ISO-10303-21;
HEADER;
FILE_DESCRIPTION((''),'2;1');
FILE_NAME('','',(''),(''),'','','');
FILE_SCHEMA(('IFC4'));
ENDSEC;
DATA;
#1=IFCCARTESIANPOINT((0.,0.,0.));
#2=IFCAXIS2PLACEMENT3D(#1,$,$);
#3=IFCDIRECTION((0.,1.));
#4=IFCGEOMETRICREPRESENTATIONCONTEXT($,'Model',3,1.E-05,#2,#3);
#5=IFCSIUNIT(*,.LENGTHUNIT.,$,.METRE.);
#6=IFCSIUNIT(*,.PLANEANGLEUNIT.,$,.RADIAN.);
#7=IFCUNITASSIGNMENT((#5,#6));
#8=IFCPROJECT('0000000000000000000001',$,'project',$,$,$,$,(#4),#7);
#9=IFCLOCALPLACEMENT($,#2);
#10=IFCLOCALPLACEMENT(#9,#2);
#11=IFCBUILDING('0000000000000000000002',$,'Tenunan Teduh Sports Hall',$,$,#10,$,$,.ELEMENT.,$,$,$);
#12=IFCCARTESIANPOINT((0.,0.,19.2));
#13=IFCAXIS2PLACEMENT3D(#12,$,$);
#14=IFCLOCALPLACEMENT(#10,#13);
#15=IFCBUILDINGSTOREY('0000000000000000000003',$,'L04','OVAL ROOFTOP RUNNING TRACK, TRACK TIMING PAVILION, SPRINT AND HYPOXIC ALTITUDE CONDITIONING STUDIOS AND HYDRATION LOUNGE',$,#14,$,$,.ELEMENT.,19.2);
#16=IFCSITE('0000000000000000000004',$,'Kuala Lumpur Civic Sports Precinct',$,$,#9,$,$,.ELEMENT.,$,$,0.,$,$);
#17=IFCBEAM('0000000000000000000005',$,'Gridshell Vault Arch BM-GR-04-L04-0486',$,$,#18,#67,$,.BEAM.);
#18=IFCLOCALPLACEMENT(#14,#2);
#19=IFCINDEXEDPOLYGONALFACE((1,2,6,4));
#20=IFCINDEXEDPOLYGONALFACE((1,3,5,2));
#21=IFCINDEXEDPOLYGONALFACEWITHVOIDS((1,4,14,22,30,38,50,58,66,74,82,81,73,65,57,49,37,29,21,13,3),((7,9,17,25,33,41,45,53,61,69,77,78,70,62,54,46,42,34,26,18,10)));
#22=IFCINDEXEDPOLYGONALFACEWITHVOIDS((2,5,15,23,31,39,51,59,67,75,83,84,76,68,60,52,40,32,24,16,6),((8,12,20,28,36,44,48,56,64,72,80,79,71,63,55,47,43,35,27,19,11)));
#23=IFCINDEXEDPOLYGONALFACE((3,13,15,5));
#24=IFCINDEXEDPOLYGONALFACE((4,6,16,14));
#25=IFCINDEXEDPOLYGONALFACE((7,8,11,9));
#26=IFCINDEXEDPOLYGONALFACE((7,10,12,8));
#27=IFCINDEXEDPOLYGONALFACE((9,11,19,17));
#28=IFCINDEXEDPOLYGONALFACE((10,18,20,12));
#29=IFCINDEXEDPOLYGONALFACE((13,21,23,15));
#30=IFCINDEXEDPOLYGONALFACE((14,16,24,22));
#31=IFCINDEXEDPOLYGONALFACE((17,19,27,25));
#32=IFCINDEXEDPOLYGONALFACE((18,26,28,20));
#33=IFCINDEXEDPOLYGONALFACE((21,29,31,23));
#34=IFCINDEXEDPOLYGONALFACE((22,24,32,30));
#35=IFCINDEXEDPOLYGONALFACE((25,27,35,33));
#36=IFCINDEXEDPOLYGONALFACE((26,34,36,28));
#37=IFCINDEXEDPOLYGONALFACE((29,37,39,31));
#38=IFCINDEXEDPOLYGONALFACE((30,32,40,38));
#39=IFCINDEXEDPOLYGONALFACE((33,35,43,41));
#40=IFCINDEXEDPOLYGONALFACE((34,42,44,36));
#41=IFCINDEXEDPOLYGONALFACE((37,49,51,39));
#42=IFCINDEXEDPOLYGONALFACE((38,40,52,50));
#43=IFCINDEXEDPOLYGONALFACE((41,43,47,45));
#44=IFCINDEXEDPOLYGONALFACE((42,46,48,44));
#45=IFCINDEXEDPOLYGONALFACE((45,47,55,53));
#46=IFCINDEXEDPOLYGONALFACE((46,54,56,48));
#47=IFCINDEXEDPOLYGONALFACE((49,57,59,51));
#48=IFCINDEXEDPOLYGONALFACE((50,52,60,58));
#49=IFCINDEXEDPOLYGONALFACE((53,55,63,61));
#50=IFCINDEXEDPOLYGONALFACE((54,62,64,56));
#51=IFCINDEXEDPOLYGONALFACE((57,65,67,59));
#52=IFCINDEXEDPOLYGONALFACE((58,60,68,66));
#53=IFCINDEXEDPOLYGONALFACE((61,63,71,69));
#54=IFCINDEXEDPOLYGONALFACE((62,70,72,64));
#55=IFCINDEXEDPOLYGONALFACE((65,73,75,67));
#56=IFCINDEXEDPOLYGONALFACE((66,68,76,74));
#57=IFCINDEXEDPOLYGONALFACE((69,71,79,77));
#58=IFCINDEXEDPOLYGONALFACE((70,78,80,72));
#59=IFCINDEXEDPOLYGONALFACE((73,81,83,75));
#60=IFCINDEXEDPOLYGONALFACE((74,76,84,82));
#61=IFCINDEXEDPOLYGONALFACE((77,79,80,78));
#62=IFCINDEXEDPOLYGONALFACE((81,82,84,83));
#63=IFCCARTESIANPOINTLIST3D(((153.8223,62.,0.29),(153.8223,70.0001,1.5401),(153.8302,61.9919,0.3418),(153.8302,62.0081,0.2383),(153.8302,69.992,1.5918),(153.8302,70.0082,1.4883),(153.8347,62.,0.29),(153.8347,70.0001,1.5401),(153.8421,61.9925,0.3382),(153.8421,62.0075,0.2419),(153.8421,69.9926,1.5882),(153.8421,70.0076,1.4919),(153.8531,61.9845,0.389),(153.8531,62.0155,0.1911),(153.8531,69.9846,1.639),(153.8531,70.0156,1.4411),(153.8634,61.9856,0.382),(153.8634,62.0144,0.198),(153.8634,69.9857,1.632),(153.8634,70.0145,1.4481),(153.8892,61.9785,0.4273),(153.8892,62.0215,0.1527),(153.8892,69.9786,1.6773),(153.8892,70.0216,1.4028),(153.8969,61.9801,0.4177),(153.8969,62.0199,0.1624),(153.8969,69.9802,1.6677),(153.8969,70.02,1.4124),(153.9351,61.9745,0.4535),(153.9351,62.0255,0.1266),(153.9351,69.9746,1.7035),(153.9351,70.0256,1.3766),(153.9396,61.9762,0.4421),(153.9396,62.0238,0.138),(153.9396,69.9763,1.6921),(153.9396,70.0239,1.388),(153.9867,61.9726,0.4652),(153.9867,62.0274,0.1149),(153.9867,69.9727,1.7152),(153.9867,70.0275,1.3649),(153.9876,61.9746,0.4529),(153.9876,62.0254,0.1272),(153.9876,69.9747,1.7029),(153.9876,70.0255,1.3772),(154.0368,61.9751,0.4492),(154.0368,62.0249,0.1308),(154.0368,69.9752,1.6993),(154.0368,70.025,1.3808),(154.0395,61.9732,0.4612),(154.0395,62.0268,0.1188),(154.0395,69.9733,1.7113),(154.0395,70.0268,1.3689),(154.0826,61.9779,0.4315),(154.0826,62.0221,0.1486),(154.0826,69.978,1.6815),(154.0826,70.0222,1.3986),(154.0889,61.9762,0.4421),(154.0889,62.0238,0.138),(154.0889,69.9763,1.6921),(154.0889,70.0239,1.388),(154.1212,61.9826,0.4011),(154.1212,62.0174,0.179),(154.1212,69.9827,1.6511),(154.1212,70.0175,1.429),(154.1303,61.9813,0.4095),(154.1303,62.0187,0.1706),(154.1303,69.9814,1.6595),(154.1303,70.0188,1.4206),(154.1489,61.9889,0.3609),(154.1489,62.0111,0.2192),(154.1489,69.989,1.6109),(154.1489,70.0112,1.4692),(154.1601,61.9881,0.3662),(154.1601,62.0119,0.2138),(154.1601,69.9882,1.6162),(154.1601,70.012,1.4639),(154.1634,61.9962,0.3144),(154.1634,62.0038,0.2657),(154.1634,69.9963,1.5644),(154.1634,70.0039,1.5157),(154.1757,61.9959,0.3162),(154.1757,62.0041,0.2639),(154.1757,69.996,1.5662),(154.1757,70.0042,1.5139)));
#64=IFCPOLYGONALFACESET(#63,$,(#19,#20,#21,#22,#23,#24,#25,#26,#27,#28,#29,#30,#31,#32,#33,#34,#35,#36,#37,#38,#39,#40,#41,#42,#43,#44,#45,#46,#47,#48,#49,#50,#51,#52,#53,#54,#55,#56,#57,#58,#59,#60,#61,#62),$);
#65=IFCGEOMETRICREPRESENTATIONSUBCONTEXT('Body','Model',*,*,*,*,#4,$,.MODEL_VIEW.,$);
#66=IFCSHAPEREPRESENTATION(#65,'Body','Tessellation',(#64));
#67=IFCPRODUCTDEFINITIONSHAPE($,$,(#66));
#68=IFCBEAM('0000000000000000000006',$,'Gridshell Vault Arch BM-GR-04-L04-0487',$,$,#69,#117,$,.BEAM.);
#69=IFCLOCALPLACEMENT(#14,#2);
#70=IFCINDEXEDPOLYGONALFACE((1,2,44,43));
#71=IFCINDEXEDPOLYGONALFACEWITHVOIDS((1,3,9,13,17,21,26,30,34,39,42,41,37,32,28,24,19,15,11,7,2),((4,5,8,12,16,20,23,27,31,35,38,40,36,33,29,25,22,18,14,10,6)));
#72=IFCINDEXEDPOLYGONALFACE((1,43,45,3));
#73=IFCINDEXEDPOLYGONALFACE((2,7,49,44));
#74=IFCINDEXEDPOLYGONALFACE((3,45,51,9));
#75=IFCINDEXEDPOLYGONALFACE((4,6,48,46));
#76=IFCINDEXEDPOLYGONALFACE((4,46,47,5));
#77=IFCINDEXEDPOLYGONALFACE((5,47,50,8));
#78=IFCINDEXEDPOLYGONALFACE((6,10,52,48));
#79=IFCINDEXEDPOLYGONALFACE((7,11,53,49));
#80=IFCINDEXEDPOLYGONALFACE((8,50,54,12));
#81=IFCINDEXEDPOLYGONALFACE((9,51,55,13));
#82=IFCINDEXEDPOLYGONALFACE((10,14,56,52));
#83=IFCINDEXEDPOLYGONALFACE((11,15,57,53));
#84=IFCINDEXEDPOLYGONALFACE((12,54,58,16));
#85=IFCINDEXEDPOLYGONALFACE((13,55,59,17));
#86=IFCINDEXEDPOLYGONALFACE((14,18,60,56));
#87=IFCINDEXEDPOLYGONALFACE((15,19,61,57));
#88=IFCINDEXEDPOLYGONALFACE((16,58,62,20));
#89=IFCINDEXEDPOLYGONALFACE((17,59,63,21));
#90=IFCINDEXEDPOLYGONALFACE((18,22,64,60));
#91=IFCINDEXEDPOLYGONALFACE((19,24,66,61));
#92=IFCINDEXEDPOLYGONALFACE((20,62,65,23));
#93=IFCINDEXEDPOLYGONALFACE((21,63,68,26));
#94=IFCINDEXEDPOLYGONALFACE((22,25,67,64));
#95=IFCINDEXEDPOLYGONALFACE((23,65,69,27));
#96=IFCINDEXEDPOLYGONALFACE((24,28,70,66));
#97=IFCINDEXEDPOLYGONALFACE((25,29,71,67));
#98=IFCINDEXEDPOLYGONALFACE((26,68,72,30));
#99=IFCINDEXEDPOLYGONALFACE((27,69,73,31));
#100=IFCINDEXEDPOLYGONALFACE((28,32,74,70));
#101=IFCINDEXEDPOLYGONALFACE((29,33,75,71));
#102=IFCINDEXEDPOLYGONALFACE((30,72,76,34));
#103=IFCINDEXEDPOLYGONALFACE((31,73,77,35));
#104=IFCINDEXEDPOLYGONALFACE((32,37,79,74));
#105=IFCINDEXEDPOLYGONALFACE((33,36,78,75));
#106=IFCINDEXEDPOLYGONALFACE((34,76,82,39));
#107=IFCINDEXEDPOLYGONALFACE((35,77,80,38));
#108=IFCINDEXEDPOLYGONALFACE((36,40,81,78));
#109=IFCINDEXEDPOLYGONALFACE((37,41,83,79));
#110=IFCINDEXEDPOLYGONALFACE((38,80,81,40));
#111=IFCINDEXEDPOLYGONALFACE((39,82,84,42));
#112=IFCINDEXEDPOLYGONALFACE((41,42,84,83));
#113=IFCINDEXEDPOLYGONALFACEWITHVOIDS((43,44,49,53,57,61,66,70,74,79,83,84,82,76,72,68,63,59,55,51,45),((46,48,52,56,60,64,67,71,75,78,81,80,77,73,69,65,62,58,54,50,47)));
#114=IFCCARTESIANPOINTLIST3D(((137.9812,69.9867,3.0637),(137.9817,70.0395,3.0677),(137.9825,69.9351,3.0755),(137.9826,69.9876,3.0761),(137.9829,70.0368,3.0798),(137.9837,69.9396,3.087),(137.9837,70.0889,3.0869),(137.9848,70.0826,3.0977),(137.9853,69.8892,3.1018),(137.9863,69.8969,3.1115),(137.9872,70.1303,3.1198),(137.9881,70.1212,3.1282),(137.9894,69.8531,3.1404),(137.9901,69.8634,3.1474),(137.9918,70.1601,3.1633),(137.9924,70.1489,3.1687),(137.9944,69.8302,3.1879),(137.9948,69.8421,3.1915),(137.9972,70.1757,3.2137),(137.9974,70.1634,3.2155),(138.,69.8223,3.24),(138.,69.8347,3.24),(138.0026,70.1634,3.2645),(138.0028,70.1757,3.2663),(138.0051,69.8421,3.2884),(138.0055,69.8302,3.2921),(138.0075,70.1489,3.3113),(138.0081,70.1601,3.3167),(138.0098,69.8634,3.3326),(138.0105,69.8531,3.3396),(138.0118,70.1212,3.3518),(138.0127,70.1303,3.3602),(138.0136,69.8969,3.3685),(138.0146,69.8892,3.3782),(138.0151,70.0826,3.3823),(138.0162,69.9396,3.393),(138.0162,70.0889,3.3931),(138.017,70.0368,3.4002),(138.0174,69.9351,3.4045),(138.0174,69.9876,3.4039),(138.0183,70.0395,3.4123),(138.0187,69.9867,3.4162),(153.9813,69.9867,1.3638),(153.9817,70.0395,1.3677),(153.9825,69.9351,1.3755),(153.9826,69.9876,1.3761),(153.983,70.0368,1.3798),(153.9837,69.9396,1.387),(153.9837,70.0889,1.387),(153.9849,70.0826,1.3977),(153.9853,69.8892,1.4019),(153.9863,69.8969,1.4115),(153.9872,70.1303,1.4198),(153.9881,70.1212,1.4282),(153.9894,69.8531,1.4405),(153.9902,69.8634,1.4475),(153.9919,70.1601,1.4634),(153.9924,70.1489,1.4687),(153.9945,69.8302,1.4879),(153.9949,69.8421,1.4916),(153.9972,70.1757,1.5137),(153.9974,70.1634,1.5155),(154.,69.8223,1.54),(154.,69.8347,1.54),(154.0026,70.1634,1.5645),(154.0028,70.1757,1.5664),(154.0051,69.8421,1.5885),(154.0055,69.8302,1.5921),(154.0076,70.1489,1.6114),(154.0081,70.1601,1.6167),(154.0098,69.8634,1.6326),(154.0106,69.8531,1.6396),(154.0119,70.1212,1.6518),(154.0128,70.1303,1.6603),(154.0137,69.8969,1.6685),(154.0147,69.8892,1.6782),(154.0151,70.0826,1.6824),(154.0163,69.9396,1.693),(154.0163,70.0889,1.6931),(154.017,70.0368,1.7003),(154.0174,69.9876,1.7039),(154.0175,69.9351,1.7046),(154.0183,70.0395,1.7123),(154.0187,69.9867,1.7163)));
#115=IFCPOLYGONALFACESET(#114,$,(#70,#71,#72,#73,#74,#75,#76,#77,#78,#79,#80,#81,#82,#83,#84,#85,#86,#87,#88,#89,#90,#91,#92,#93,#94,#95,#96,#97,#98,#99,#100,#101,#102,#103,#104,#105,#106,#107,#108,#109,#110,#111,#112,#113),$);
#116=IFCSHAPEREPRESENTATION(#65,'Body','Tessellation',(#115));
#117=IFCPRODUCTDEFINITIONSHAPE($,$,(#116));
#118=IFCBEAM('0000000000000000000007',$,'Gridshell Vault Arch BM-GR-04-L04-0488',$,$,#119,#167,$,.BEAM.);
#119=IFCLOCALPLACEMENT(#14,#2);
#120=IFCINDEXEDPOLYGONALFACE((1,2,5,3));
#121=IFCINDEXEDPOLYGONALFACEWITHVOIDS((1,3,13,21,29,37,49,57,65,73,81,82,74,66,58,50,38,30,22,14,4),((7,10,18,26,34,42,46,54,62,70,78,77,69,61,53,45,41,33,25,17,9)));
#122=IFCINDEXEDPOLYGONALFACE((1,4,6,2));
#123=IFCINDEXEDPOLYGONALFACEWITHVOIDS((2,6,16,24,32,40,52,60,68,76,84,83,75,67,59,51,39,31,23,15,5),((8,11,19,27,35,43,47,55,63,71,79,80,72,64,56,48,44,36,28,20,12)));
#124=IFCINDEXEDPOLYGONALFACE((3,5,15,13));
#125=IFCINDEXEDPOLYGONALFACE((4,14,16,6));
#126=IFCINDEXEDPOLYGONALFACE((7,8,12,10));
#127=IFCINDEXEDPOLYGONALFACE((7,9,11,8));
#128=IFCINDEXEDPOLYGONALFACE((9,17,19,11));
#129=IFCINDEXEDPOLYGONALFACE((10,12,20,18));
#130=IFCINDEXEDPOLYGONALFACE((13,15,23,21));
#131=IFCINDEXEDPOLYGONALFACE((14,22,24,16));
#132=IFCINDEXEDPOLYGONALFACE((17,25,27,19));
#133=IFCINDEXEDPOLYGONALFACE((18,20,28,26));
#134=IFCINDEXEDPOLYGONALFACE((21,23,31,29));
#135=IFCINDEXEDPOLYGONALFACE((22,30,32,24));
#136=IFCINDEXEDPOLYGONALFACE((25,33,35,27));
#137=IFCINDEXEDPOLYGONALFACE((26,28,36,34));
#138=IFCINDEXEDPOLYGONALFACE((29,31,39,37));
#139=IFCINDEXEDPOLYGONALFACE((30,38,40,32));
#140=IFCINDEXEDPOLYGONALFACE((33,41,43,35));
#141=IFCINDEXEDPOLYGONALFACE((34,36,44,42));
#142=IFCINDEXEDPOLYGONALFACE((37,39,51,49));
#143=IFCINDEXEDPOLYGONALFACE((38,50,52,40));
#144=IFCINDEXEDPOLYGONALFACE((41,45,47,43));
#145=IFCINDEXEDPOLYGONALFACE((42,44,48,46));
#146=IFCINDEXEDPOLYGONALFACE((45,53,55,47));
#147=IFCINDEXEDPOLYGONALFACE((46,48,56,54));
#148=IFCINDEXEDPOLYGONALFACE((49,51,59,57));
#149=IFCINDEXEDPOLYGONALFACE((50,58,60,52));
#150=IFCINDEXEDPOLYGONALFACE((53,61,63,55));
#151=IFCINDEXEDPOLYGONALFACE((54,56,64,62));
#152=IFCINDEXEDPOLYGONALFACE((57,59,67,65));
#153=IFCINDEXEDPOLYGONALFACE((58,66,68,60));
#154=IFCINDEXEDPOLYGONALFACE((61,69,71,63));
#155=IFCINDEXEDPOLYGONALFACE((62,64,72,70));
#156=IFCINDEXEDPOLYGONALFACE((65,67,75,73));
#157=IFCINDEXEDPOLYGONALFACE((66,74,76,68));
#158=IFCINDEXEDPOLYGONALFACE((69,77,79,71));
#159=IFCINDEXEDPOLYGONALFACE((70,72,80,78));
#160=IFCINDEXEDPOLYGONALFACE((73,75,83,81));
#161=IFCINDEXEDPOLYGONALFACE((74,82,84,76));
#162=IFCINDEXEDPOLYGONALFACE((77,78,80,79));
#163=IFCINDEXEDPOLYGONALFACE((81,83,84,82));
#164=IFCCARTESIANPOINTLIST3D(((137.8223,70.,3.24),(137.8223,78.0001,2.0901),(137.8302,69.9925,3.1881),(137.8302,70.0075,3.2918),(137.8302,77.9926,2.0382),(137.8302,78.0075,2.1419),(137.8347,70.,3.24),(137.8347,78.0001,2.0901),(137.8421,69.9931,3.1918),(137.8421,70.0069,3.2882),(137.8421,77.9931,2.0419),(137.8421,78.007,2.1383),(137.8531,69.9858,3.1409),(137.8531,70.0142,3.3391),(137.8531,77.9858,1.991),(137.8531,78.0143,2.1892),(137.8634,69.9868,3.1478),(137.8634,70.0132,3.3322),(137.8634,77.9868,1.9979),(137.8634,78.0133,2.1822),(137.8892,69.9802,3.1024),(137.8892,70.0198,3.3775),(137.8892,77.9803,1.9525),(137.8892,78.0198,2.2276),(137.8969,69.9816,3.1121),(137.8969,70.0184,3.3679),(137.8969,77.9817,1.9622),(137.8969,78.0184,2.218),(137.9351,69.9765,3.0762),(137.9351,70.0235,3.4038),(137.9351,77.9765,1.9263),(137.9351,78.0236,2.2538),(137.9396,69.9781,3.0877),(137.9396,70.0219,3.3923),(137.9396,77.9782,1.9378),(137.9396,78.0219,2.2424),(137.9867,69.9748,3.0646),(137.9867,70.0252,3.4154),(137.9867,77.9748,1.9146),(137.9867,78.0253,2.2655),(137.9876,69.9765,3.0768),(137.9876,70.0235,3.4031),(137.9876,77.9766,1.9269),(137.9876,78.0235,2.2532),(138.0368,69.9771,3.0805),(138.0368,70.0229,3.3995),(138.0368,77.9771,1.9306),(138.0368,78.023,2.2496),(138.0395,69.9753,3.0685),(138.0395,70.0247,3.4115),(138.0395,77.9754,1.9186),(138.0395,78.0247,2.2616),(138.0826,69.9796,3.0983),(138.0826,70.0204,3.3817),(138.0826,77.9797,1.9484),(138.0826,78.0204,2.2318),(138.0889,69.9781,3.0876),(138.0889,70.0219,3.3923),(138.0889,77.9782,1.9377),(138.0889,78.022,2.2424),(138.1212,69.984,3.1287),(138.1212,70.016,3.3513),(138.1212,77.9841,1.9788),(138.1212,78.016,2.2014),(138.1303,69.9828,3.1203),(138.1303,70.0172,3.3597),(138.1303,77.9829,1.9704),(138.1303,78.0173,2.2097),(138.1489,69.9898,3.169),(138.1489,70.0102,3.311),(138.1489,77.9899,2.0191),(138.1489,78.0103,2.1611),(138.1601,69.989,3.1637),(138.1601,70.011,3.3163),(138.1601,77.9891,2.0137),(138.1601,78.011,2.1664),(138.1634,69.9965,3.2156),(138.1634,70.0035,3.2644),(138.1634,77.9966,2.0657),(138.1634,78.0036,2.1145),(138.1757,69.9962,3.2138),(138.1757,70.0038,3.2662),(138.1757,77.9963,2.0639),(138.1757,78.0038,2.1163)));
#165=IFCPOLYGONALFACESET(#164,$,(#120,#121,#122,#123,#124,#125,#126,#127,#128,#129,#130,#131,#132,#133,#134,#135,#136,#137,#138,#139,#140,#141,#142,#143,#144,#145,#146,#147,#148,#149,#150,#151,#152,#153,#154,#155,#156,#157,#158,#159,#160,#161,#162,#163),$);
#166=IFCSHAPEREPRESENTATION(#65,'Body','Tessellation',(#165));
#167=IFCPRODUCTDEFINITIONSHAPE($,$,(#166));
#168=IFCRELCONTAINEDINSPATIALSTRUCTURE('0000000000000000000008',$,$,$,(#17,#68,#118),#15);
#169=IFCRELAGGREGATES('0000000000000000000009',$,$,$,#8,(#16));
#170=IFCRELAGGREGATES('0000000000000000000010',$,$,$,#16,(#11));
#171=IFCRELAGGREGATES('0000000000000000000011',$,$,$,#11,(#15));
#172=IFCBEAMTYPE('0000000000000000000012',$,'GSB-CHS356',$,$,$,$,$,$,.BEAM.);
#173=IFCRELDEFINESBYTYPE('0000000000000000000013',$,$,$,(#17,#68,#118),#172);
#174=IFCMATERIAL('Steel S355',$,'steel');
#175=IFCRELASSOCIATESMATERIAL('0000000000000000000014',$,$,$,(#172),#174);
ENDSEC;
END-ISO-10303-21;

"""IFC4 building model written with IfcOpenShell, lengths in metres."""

from ifc_helpers import new_model, si_unit, direction, frame, origin, origin_2d, place, context, subcontext, project, spatial, hollow_circle, extrude, material, material_profile, profile_set, type_object, element, save


model = new_model("IFC4")

# Units and contexts
model_context = context("Model", 3, precision=1e-05, world=origin(), true_north=direction((0.0, 1.0)))
body_context = subcontext(model_context, "Body", "Model", "MODEL_VIEW")
ifc_project = project(units=[si_unit("LENGTHUNIT", "METRE"), si_unit("PLANEANGLEUNIT", "RADIAN")], contexts=[model_context])

# Site, building, storey
site_placement = place(None, origin())
site = spatial("IfcSite", under=ifc_project, at=site_placement, Name="Kuala Lumpur Civic Sports Precinct", CompositionType="ELEMENT", RefElevation=0.0)
building_placement = place(site_placement, origin())
building = spatial("IfcBuilding", under=site, at=building_placement, Name="Tenunan Teduh Sports Hall", CompositionType="ELEMENT")
storey_placement = place(building_placement, frame((0.0, 0.0, 19.2)))
storey = spatial("IfcBuildingStorey", under=building, at=storey_placement, Name="L04", Description="OVAL ROOFTOP RUNNING TRACK, TRACK TIMING PAVILION, SPRINT AND HYPOXIC ALTITUDE CONDITIONING STUDIOS AND HYDRATION LOUNGE", CompositionType="ELEMENT", Elevation=19.2)

# Beams
ifc_material_1 = material(Name="Steel S355", Category="steel")
ifc_material_profile_1 = material_profile(ifc_material_1, hollow_circle(Radius=0.1777, WallThickness=0.0125, at=origin_2d()), Name="CHS 355.6x12.5")
ifc_profile_set_1 = profile_set([ifc_material_profile_1], Name="Steel S355")
beam_type_1 = type_object("IfcBeamType", Name="GSB-CHS356", PredefinedType="BEAM", material=ifc_profile_set_1)
beam_1_placement = place(storey_placement, frame((154.0, 62.0, 0.29), z_axis=(0.0, 0.988012, 0.154377), x_axis=(-1.0, 0.0, 0.0)))
element("IfcBeam", 1, at=beam_1_placement, inside=storey, type_object=beam_type_1, Name="Gridshell Vault Arch BM-GR-04-L04-0486", PredefinedType="BEAM", context=body_context, shape_type="SweptSolid", body=[
    extrude(hollow_circle(Radius=0.1777, WallThickness=0.0125, at=origin_2d()), origin(), (0.0, 0.0, 1.0), 8.0972),
])
beam_2_placement = place(storey_placement, frame((154.0, 70.0, 1.54), z_axis=(-0.994403, 0.0, 0.105652), x_axis=(0.0, -1.0, 0.0)))
element("IfcBeam", 2, at=beam_2_placement, inside=storey, type_object=beam_type_1, Name="Gridshell Vault Arch BM-GR-04-L04-0487", PredefinedType="BEAM", context=body_context, shape_type="SweptSolid", body=[
    extrude(hollow_circle(Radius=0.1777, WallThickness=0.0125, at=origin_2d()), origin(), (0.0, 0.0, 1.0), 16.0901),
])
beam_3_placement = place(storey_placement, frame((138.0, 70.0, 3.24), z_axis=(0.0, 0.989827, -0.142276), x_axis=(-1.0, 0.0, 0.0)))
element("IfcBeam", 3, at=beam_3_placement, inside=storey, type_object=beam_type_1, Name="Gridshell Vault Arch BM-GR-04-L04-0488", PredefinedType="BEAM", context=body_context, shape_type="SweptSolid", body=[
    extrude(hollow_circle(Radius=0.1777, WallThickness=0.0125, at=origin_2d()), origin(), (0.0, 0.0, 1.0), 8.0823),
])

save(model, "model.ifc")
